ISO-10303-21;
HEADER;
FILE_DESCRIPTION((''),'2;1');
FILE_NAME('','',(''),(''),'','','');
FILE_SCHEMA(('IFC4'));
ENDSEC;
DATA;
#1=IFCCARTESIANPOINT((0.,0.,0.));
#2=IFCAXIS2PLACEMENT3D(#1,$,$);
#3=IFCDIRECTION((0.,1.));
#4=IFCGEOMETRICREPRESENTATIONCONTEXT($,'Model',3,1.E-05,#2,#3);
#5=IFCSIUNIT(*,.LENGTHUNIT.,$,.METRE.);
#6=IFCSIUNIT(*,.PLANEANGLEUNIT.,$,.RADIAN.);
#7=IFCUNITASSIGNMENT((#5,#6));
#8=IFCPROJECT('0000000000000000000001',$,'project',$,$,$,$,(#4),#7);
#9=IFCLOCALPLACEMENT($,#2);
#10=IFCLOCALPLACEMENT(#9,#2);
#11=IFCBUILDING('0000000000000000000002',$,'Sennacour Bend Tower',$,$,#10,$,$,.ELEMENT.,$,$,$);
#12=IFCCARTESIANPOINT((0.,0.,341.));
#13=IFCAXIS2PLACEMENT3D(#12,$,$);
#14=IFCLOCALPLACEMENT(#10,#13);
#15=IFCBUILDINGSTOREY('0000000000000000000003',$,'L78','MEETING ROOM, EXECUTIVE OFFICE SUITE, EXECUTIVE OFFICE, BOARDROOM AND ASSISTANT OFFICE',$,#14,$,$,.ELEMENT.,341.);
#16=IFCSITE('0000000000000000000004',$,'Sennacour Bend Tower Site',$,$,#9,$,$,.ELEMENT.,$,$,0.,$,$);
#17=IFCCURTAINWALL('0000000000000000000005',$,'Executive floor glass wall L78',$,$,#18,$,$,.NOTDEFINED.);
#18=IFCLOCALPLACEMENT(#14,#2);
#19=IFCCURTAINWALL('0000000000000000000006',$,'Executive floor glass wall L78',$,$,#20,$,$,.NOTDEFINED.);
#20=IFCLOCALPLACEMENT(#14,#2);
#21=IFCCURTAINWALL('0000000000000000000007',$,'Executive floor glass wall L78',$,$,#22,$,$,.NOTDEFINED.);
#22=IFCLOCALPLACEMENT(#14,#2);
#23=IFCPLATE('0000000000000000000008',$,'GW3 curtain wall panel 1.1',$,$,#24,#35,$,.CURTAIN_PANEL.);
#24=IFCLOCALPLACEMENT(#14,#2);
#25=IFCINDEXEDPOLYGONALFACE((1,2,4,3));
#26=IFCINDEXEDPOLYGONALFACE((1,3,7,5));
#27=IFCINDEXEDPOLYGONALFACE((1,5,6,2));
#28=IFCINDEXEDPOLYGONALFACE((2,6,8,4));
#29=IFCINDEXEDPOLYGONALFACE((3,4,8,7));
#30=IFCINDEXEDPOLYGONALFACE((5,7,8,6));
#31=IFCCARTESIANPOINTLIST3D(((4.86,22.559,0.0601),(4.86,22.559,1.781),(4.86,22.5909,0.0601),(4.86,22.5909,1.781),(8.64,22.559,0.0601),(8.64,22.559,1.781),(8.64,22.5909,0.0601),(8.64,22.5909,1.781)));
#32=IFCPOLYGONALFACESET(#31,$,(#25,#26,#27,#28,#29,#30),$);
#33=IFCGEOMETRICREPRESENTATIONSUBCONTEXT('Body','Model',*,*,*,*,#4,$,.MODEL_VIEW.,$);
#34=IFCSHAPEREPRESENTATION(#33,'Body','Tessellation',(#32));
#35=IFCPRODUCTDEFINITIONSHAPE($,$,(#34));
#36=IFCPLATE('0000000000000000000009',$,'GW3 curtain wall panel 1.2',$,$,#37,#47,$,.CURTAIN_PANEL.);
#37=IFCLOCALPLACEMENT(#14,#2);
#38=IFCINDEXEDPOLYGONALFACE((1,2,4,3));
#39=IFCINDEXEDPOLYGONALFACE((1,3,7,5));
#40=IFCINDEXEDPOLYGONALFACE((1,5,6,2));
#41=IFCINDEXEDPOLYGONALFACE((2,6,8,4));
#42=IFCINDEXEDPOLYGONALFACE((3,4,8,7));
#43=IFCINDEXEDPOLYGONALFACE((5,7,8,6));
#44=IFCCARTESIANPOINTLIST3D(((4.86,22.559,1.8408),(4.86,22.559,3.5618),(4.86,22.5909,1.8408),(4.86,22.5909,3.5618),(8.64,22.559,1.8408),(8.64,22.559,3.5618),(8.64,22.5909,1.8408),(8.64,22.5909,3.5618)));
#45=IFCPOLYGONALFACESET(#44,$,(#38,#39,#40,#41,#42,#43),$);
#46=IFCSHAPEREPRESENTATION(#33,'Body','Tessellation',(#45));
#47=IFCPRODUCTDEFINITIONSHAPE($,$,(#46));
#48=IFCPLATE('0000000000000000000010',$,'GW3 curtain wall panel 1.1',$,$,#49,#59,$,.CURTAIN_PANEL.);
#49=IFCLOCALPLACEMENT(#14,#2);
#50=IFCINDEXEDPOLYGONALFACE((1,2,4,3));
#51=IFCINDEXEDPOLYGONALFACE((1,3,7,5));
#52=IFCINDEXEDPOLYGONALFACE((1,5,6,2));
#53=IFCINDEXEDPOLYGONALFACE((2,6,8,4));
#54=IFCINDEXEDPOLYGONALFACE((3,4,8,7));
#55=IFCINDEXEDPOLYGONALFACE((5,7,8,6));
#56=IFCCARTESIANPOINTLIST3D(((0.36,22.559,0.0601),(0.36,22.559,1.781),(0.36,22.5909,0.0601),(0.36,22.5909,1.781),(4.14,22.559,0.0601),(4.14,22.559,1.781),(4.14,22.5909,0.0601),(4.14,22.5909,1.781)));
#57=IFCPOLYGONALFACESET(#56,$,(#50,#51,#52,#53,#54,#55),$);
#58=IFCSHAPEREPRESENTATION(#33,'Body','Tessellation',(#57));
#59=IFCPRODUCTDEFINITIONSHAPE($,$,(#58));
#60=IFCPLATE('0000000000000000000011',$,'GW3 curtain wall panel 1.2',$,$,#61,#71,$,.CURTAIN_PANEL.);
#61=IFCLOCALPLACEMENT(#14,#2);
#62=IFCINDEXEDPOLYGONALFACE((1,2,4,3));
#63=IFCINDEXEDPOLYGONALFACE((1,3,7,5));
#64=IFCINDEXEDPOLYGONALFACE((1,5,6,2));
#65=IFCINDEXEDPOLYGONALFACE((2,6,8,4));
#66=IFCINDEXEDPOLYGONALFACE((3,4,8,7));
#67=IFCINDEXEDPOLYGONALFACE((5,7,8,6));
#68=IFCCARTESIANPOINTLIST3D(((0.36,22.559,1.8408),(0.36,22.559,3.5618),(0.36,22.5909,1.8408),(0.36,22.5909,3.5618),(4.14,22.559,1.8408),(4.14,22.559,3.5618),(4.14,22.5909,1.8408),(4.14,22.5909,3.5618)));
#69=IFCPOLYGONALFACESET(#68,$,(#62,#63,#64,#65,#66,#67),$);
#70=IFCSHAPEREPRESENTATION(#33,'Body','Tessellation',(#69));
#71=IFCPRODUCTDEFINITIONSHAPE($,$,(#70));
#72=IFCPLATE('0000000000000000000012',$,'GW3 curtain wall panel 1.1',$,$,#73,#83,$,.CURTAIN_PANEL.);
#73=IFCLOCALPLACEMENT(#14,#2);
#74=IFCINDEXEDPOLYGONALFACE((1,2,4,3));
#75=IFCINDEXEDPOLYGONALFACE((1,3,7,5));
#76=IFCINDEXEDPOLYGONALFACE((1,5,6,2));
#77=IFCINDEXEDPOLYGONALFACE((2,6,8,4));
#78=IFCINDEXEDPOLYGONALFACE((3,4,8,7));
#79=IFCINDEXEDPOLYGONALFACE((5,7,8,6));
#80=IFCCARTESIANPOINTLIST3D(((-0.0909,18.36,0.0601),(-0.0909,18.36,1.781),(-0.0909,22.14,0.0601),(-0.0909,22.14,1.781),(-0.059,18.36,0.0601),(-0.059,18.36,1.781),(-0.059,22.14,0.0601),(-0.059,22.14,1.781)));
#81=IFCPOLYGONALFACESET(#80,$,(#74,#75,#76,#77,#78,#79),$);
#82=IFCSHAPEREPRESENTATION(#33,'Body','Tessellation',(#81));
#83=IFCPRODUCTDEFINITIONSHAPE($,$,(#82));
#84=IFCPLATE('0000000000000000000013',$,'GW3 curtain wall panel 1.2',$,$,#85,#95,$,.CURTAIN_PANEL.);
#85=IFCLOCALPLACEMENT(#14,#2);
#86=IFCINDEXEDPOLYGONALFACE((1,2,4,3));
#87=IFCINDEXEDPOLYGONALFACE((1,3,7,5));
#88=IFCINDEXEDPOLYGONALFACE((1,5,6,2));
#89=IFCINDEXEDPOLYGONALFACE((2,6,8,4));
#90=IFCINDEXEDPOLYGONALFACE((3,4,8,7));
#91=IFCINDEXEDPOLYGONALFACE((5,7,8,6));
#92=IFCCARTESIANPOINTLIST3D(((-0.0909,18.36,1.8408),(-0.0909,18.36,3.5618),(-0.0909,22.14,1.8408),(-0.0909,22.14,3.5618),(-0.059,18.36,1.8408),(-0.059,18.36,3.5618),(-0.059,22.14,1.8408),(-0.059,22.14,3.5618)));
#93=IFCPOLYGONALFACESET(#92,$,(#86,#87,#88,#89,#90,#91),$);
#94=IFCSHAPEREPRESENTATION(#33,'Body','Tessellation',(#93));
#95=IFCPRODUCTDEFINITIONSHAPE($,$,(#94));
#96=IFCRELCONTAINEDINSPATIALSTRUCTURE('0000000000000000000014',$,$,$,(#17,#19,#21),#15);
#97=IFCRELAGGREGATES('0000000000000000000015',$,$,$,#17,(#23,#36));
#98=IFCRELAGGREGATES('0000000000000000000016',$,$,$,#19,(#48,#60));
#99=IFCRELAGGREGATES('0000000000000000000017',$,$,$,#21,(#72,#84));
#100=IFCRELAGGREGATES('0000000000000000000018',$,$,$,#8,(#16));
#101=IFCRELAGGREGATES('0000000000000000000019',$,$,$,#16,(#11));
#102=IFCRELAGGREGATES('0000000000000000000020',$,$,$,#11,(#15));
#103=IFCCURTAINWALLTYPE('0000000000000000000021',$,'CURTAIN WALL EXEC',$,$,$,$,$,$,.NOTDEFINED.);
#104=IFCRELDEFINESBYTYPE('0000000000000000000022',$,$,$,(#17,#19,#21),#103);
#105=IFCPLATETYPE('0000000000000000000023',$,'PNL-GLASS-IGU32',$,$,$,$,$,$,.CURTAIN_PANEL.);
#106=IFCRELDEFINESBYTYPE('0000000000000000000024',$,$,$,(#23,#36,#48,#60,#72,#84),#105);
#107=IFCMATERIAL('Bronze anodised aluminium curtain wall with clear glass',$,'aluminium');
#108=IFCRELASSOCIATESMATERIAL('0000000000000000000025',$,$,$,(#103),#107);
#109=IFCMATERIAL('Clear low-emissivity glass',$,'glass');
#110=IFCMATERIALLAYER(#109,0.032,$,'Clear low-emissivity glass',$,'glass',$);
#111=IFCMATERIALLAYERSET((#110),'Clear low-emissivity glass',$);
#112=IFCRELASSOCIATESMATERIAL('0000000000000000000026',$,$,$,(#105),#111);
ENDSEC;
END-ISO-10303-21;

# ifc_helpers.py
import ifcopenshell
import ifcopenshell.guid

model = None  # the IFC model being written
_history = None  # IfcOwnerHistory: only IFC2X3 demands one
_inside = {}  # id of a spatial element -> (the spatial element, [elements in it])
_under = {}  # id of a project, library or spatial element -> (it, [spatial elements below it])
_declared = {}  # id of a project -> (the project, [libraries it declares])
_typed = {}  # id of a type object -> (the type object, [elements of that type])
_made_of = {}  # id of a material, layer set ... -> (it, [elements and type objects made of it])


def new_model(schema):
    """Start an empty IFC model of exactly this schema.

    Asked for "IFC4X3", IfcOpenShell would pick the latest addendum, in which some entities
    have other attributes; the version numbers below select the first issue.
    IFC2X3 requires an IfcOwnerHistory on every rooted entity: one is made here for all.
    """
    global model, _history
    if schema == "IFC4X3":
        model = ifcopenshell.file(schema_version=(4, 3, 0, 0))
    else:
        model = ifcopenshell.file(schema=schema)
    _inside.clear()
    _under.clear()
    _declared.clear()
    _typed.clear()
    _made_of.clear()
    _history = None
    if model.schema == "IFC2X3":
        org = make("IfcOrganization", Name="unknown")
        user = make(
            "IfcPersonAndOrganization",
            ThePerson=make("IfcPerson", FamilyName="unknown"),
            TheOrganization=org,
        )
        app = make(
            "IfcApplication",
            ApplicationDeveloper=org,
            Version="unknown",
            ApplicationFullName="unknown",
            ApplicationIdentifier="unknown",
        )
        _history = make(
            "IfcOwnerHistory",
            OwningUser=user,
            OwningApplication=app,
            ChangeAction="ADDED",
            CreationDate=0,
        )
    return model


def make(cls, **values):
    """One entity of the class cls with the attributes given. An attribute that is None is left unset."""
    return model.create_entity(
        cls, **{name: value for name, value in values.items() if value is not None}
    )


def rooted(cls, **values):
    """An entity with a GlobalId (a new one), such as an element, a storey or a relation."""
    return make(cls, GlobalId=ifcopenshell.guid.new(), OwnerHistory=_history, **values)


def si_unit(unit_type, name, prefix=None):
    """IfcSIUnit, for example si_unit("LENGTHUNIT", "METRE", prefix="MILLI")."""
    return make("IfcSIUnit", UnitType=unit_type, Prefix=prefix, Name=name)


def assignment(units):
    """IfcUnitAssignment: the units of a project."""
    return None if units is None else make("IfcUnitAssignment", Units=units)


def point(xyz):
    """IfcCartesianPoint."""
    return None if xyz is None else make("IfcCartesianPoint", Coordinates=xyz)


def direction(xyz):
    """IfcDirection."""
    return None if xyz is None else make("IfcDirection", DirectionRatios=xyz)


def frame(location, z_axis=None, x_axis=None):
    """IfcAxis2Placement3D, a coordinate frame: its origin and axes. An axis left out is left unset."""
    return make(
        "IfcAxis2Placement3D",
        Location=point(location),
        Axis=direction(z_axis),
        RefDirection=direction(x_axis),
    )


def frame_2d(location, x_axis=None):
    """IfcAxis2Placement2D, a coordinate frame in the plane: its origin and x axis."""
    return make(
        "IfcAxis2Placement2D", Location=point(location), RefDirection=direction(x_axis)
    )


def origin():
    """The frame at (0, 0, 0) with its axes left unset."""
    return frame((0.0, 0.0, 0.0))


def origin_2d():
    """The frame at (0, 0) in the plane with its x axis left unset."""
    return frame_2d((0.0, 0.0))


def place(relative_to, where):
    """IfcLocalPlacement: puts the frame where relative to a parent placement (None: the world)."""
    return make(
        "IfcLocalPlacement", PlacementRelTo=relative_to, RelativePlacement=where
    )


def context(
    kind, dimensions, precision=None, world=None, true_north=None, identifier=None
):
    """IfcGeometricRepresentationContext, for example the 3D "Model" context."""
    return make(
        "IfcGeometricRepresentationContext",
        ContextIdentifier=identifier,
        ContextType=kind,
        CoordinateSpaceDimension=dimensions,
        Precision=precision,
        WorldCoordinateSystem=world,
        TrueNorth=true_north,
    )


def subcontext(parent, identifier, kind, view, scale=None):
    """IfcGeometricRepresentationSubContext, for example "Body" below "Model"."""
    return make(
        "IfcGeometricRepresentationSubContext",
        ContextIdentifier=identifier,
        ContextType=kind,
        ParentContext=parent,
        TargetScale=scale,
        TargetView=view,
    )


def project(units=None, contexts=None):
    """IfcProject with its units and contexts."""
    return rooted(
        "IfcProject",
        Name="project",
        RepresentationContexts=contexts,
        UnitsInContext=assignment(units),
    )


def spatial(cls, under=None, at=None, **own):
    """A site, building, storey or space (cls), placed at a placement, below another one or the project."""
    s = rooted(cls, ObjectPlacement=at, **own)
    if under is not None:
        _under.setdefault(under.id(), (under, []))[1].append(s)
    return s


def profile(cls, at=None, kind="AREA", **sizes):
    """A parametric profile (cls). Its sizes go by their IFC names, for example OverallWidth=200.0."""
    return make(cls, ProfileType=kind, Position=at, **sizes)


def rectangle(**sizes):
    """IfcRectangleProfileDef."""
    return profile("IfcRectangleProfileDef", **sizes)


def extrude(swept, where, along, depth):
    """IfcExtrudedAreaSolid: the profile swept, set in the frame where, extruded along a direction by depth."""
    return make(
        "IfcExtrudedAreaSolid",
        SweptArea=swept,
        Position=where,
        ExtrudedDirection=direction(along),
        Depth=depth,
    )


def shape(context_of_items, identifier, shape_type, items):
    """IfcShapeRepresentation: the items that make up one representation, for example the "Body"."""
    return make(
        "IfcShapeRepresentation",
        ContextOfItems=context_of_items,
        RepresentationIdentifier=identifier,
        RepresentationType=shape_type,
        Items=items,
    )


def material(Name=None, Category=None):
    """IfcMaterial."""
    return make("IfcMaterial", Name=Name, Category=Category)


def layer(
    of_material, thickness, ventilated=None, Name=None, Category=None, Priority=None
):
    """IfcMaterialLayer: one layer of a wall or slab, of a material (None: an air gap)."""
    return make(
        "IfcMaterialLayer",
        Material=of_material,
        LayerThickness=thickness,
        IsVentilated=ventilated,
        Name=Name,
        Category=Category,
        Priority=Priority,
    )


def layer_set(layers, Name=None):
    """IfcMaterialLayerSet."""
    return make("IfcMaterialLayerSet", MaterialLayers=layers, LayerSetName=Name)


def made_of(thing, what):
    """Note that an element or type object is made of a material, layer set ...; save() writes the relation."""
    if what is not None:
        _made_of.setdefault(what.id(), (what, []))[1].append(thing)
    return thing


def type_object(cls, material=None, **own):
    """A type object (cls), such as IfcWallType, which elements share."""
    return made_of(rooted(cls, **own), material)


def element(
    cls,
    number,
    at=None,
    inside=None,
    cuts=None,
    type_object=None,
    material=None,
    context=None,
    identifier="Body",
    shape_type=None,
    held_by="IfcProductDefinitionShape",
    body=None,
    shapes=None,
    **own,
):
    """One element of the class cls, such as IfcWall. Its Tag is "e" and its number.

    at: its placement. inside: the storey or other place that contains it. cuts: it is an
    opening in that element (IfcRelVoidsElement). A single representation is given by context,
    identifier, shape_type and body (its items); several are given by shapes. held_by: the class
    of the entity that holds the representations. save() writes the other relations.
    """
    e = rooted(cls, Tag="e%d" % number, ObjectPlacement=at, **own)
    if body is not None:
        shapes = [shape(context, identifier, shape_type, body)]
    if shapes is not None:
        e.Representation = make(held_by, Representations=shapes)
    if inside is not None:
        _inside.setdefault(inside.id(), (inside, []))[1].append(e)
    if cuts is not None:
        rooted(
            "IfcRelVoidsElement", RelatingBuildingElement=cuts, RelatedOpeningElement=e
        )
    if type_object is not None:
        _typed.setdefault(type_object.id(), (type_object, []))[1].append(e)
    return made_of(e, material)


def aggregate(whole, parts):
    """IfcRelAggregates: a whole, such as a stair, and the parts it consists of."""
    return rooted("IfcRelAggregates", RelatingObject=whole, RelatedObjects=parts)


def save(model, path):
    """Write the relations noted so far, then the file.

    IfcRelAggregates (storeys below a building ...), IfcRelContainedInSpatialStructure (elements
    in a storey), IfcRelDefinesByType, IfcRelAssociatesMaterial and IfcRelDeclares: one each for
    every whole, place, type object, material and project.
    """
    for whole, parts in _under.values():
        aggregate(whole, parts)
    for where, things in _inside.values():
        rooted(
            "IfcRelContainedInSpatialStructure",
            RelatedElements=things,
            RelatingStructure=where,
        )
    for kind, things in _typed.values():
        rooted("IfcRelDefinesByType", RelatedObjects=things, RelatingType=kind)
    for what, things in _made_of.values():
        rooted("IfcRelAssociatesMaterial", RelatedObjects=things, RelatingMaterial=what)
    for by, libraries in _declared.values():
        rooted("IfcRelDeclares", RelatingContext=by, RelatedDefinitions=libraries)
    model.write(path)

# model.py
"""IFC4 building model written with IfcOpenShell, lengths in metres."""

from ifc_helpers import new_model, si_unit, direction, frame, origin, origin_2d, place, context, subcontext, project, spatial, rectangle, extrude, material, layer, layer_set, type_object, element, aggregate, save


model = new_model("IFC4")

# Units and contexts
model_context = context("Model", 3, precision=1e-05, world=origin(), true_north=direction((0.0, 1.0)))
body_context = subcontext(model_context, "Body", "Model", "MODEL_VIEW")
ifc_project = project(units=[si_unit("LENGTHUNIT", "METRE"), si_unit("PLANEANGLEUNIT", "RADIAN")], contexts=[model_context])

# Site, building, storey
site_placement = place(None, origin())
site = spatial("IfcSite", under=ifc_project, at=site_placement, Name="Sennacour Bend Tower Site", CompositionType="ELEMENT", RefElevation=0.0)
building_placement = place(site_placement, origin())
building = spatial("IfcBuilding", under=site, at=building_placement, Name="Sennacour Bend Tower", CompositionType="ELEMENT")
storey_placement = place(building_placement, frame((0.0, 0.0, 341.0)))
storey = spatial("IfcBuildingStorey", under=building, at=storey_placement, Name="L78", Description="MEETING ROOM, EXECUTIVE OFFICE SUITE, EXECUTIVE OFFICE, BOARDROOM AND ASSISTANT OFFICE", CompositionType="ELEMENT", Elevation=341.0)

# Curtain walls
ifc_material_1 = material(Name="Bronze anodised aluminium curtain wall with clear glass", Category="aluminium")
curtain_wall_type = type_object("IfcCurtainWallType", Name="CURTAIN WALL EXEC", PredefinedType="NOTDEFINED", material=ifc_material_1)
curtain_wall_1_placement = place(storey_placement, origin())
curtain_wall_1 = element("IfcCurtainWall", 1, at=curtain_wall_1_placement, inside=storey, type_object=curtain_wall_type, Name="Executive floor glass wall L78", PredefinedType="NOTDEFINED")
curtain_wall_2_placement = place(storey_placement, origin())
curtain_wall_2 = element("IfcCurtainWall", 2, at=curtain_wall_2_placement, inside=storey, type_object=curtain_wall_type, Name="Executive floor glass wall L78", PredefinedType="NOTDEFINED")
curtain_wall_3_placement = place(storey_placement, origin())
curtain_wall_3 = element("IfcCurtainWall", 3, at=curtain_wall_3_placement, inside=storey, type_object=curtain_wall_type, Name="Executive floor glass wall L78", PredefinedType="NOTDEFINED")

# Plates
ifc_material_2 = material(Name="Clear low-emissivity glass", Category="glass")
ifc_layer = layer(ifc_material_2, 0.032, Name="Clear low-emissivity glass", Category="glass")
ifc_layer_set = layer_set([ifc_layer], Name="Clear low-emissivity glass")
plate_type = type_object("IfcPlateType", Name="PNL-GLASS-IGU32", PredefinedType="CURTAIN_PANEL", material=ifc_layer_set)
plate_1_placement = place(storey_placement, frame((6.75, 22.575, 0.0601), z_axis=(0.0, 0.0, 1.0), x_axis=(-1.0, 0.0, 0.0)))
plate_1 = element("IfcPlate", 4, at=plate_1_placement, type_object=plate_type, Name="GW3 curtain wall panel 1.1", PredefinedType="CURTAIN_PANEL", context=body_context, shape_type="SweptSolid", body=[
    extrude(rectangle(XDim=3.78, YDim=0.032, at=origin_2d()), origin(), (0.0, 0.0, 1.0), 1.7209),
])
plate_2_placement = place(storey_placement, frame((6.75, 22.575, 1.8408), z_axis=(0.0, 0.0, 1.0), x_axis=(-1.0, 0.0, 0.0)))
plate_2 = element("IfcPlate", 5, at=plate_2_placement, type_object=plate_type, Name="GW3 curtain wall panel 1.2", PredefinedType="CURTAIN_PANEL", context=body_context, shape_type="SweptSolid", body=[
    extrude(rectangle(XDim=3.78, YDim=0.032, at=origin_2d()), origin(), (0.0, 0.0, 1.0), 1.7209),
])
aggregate(curtain_wall_1, [plate_1, plate_2])
plate_3_placement = place(storey_placement, frame((2.25, 22.575, 0.0601), z_axis=(0.0, 0.0, 1.0), x_axis=(-1.0, 0.0, 0.0)))
plate_3 = element("IfcPlate", 6, at=plate_3_placement, type_object=plate_type, Name="GW3 curtain wall panel 1.1", PredefinedType="CURTAIN_PANEL", context=body_context, shape_type="SweptSolid", body=[
    extrude(rectangle(XDim=3.78, YDim=0.032, at=origin_2d()), origin(), (0.0, 0.0, 1.0), 1.7209),
])
plate_4_placement = place(storey_placement, frame((2.25, 22.575, 1.8408), z_axis=(0.0, 0.0, 1.0), x_axis=(-1.0, 0.0, 0.0)))
plate_4 = element("IfcPlate", 7, at=plate_4_placement, type_object=plate_type, Name="GW3 curtain wall panel 1.2", PredefinedType="CURTAIN_PANEL", context=body_context, shape_type="SweptSolid", body=[
    extrude(rectangle(XDim=3.78, YDim=0.032, at=origin_2d()), origin(), (0.0, 0.0, 1.0), 1.7209),
])
aggregate(curtain_wall_2, [plate_3, plate_4])
plate_5_placement = place(storey_placement, frame((-0.075, 20.25, 0.0601), z_axis=(0.0, 0.0, 1.0), x_axis=(0.0, -1.0, 0.0)))
plate_5 = element("IfcPlate", 8, at=plate_5_placement, type_object=plate_type, Name="GW3 curtain wall panel 1.1", PredefinedType="CURTAIN_PANEL", context=body_context, shape_type="SweptSolid", body=[
    extrude(rectangle(XDim=3.78, YDim=0.032, at=origin_2d()), origin(), (0.0, 0.0, 1.0), 1.7209),
])
plate_6_placement = place(storey_placement, frame((-0.075, 20.25, 1.8408), z_axis=(0.0, 0.0, 1.0), x_axis=(0.0, -1.0, 0.0)))
plate_6 = element("IfcPlate", 9, at=plate_6_placement, type_object=plate_type, Name="GW3 curtain wall panel 1.2", PredefinedType="CURTAIN_PANEL", context=body_context, shape_type="SweptSolid", body=[
    extrude(rectangle(XDim=3.78, YDim=0.032, at=origin_2d()), origin(), (0.0, 0.0, 1.0), 1.7209),
])
aggregate(curtain_wall_3, [plate_5, plate_6])

save(model, "model.ifc")
